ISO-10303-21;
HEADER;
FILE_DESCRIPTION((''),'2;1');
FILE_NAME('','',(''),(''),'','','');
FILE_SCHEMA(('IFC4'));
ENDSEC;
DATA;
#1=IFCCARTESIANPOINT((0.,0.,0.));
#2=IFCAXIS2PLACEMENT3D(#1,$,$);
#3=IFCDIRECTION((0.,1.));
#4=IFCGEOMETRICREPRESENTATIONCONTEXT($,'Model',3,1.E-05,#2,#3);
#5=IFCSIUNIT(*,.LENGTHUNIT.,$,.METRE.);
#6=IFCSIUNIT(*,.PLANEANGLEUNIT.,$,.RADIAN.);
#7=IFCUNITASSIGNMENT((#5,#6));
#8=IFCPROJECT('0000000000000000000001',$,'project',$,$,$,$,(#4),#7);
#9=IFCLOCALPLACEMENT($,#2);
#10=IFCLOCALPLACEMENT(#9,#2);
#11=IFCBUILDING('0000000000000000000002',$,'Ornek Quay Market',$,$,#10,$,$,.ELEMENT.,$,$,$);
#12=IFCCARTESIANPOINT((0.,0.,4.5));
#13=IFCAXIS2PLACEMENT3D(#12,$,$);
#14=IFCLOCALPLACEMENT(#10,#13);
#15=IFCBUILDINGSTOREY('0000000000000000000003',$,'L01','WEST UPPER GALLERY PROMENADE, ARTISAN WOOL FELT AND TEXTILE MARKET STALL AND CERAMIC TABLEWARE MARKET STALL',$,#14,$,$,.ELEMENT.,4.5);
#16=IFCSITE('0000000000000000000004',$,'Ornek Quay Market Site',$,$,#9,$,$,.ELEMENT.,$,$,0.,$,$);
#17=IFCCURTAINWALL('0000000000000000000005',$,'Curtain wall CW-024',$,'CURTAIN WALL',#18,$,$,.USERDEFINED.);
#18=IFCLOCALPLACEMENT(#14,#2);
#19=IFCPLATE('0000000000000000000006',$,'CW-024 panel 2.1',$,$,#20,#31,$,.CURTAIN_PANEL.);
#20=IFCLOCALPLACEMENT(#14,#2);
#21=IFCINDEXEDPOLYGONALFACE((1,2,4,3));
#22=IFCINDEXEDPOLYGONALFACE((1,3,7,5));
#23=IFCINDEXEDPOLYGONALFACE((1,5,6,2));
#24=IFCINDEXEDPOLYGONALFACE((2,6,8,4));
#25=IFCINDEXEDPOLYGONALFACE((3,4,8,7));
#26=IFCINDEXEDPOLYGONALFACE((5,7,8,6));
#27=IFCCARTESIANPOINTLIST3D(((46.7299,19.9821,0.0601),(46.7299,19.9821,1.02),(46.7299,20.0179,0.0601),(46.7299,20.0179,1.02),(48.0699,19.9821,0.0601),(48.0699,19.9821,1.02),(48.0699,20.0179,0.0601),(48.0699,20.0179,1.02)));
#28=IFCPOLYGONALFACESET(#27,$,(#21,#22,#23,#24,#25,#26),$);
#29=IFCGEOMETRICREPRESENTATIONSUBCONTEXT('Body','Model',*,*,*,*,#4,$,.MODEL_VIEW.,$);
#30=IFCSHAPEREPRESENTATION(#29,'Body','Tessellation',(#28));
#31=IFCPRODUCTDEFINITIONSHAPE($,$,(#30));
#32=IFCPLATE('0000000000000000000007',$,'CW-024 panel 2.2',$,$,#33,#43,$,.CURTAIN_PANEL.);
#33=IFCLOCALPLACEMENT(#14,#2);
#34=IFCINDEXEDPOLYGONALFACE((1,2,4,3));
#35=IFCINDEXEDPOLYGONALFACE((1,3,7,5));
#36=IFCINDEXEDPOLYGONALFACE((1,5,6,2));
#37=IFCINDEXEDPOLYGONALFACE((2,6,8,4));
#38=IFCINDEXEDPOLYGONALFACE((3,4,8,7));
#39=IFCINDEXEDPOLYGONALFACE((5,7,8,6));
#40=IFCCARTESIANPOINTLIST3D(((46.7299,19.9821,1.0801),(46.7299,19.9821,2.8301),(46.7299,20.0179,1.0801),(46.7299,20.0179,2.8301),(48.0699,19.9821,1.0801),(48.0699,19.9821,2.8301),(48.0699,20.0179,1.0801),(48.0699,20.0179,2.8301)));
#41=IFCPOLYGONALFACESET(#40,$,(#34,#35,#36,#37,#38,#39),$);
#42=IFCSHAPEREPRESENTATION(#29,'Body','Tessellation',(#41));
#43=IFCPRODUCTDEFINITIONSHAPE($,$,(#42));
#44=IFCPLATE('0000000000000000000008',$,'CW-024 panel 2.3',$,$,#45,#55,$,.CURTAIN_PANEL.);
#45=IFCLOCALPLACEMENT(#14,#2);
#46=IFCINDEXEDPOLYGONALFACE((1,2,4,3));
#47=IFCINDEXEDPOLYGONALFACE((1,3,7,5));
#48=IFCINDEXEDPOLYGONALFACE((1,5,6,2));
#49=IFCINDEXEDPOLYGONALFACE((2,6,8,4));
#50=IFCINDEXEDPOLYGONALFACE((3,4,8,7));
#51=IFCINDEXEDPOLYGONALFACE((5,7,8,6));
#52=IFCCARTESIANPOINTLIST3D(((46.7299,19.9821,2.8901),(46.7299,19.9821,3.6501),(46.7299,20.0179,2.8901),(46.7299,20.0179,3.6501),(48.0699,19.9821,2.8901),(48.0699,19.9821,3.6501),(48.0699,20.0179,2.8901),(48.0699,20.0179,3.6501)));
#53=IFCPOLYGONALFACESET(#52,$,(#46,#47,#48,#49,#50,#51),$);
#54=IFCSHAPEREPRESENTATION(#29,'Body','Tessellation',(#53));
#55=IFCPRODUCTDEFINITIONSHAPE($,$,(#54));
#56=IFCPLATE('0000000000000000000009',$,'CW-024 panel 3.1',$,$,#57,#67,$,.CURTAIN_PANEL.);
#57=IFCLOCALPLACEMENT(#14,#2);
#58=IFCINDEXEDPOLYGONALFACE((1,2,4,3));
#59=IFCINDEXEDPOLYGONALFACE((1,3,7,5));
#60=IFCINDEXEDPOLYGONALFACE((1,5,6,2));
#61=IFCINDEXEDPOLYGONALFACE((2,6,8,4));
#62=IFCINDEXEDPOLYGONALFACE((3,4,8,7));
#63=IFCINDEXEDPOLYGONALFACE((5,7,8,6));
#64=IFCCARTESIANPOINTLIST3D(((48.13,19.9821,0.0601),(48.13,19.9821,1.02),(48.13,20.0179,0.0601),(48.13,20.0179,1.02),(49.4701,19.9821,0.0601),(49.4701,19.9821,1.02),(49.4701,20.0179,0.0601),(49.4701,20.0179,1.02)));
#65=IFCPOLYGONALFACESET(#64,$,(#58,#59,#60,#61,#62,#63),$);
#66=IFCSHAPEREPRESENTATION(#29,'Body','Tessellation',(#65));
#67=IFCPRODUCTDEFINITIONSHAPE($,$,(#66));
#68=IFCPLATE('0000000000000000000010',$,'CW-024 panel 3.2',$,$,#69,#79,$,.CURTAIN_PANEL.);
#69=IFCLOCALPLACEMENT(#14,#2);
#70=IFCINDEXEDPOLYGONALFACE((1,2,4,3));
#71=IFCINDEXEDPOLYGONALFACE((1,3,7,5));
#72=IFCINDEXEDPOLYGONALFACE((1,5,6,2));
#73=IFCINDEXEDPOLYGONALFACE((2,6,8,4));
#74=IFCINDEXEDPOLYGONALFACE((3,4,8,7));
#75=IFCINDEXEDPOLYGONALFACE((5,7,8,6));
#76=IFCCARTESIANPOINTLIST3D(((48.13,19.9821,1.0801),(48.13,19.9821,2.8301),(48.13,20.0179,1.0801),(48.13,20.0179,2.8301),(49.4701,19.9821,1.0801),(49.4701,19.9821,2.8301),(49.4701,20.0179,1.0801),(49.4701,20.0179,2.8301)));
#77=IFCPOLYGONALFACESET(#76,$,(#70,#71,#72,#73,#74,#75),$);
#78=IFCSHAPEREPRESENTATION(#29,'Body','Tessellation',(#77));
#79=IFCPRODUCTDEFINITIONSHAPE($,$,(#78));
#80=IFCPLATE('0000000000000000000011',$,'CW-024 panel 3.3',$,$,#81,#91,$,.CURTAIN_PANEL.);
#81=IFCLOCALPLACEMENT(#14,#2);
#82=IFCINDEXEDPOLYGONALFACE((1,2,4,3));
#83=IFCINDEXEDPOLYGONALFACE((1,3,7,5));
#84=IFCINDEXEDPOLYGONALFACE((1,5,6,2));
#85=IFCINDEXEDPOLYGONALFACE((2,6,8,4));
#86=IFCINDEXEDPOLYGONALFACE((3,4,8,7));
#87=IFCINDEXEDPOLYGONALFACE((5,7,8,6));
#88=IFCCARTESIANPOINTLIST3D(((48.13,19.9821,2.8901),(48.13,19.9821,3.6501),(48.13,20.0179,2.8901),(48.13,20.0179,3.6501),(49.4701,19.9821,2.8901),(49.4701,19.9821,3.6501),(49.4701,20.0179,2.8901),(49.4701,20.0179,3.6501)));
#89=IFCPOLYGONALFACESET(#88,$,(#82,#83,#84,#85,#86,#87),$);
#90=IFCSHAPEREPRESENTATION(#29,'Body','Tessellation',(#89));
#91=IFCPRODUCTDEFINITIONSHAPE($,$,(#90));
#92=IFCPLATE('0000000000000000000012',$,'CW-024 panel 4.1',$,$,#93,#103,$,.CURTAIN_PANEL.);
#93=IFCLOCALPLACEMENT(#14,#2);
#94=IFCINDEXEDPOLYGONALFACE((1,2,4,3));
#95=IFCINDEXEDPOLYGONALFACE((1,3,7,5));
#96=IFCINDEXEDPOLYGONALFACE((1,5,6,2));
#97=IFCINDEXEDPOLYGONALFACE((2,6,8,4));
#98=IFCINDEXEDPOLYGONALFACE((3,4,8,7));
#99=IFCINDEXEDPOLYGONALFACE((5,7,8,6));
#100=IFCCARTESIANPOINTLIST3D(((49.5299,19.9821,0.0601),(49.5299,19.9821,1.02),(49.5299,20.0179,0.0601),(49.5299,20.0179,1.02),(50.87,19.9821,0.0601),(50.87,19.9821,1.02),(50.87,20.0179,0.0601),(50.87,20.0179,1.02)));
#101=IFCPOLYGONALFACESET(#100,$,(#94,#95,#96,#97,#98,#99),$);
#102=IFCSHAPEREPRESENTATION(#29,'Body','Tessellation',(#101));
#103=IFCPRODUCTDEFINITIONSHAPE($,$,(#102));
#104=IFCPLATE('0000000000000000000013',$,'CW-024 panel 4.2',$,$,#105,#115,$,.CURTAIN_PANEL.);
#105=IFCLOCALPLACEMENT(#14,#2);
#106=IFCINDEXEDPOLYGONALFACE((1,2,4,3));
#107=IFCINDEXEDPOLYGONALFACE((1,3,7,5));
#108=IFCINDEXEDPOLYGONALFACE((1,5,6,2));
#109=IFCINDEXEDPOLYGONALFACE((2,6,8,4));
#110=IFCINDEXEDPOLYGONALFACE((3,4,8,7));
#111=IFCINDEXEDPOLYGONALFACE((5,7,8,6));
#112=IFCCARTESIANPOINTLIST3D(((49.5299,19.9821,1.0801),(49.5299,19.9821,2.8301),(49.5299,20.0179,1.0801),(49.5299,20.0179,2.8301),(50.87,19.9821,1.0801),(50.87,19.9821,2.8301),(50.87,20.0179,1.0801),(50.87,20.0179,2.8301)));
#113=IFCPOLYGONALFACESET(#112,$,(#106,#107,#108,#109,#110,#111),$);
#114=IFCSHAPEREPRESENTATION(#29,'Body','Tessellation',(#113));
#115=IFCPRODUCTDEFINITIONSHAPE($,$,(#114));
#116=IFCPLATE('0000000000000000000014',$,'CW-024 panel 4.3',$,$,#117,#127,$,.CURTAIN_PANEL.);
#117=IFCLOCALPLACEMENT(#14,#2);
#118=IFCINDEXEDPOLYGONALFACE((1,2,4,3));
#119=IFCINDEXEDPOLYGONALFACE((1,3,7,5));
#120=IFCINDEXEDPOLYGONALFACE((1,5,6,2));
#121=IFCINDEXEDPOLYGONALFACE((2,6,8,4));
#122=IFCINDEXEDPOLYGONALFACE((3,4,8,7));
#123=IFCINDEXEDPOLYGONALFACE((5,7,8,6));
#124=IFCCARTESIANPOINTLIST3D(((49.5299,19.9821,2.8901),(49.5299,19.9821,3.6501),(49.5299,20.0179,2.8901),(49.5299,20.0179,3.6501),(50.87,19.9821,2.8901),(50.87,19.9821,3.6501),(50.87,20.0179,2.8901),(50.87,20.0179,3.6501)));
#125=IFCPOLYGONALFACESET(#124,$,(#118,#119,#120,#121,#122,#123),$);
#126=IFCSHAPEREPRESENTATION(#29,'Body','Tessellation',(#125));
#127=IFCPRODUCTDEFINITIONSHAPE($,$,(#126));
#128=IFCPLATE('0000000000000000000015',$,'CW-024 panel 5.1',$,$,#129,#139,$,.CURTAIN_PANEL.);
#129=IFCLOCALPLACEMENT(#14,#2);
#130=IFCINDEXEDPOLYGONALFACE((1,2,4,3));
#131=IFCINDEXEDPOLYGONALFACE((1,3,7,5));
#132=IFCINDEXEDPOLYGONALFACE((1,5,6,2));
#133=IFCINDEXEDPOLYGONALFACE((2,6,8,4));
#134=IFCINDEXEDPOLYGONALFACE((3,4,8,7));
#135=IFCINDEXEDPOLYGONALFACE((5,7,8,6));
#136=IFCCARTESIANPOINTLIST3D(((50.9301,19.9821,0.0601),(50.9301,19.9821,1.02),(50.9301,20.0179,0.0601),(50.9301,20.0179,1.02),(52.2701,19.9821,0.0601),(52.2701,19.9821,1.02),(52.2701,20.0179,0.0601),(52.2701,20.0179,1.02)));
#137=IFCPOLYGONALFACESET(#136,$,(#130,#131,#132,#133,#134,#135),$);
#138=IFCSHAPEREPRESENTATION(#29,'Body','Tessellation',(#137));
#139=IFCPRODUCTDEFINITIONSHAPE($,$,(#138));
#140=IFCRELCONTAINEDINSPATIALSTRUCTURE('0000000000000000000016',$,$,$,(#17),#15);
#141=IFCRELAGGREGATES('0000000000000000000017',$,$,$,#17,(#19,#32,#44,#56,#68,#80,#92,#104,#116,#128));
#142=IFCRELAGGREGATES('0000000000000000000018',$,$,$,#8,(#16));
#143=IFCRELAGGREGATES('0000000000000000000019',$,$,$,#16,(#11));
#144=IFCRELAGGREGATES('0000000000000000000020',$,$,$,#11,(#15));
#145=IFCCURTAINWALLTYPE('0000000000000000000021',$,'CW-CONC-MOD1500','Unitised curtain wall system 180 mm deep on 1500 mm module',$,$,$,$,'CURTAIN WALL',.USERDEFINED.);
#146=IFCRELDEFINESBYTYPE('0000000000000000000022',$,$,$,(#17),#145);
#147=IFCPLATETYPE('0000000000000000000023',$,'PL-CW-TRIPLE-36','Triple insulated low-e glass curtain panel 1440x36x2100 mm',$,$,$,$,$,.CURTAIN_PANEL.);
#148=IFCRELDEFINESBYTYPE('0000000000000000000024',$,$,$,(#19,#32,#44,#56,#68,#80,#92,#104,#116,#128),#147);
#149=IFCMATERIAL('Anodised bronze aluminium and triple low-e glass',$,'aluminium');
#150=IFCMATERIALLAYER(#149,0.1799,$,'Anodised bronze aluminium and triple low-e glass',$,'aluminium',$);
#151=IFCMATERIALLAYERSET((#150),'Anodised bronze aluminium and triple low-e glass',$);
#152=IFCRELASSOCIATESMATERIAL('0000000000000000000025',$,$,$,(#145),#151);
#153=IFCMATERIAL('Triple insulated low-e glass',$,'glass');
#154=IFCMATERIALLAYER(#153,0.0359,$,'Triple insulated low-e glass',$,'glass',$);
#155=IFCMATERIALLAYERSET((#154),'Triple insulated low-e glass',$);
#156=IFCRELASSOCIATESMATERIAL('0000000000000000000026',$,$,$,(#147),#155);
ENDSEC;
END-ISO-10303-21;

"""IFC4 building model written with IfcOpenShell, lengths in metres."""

from ifc_helpers import new_model, si_unit, direction, frame, origin, origin_2d, place, context, subcontext, project, spatial, rectangle, extrude, material, layer, layer_set, type_object, element, aggregate, save


model = new_model("IFC4")

# Units and contexts
model_context = context("Model", 3, precision=1e-05, world=origin(), true_north=direction((0.0, 1.0)))
body_context = subcontext(model_context, "Body", "Model", "MODEL_VIEW")
ifc_project = project(units=[si_unit("LENGTHUNIT", "METRE"), si_unit("PLANEANGLEUNIT", "RADIAN")], contexts=[model_context])

# Site, building, storey
site_placement = place(None, origin())
site = spatial("IfcSite", under=ifc_project, at=site_placement, Name="Ornek Quay Market Site", CompositionType="ELEMENT", RefElevation=0.0)
building_placement = place(site_placement, origin())
building = spatial("IfcBuilding", under=site, at=building_placement, Name="Ornek Quay Market", CompositionType="ELEMENT")
storey_placement = place(building_placement, frame((0.0, 0.0, 4.5)))
storey = spatial("IfcBuildingStorey", under=building, at=storey_placement, Name="L01", Description="WEST UPPER GALLERY PROMENADE, ARTISAN WOOL FELT AND TEXTILE MARKET STALL AND CERAMIC TABLEWARE MARKET STALL", CompositionType="ELEMENT", Elevation=4.5)

# Curtain wall, plates
ifc_material_1 = material(Name="Anodised bronze aluminium and triple low-e glass", Category="aluminium")
ifc_layer_1 = layer(ifc_material_1, 0.1799, Name="Anodised bronze aluminium and triple low-e glass", Category="aluminium")
ifc_layer_set_1 = layer_set([ifc_layer_1], Name="Anodised bronze aluminium and triple low-e glass")
curtain_wall_type = type_object("IfcCurtainWallType", Name="CW-CONC-MOD1500", Description="Unitised curtain wall system 180 mm deep on 1500 mm module", ElementType="CURTAIN WALL", PredefinedType="USERDEFINED", material=ifc_layer_set_1)
curtain_wall_placement = place(storey_placement, origin())
curtain_wall = element("IfcCurtainWall", 1, at=curtain_wall_placement, inside=storey, type_object=curtain_wall_type, Name="Curtain wall CW-024", ObjectType="CURTAIN WALL", PredefinedType="USERDEFINED")
ifc_material_2 = material(Name="Triple insulated low-e glass", Category="glass")
ifc_layer_2 = layer(ifc_material_2, 0.0359, Name="Triple insulated low-e glass", Category="glass")
ifc_layer_set_2 = layer_set([ifc_layer_2], Name="Triple insulated low-e glass")
plate_type = type_object("IfcPlateType", Name="PL-CW-TRIPLE-36", Description="Triple insulated low-e glass curtain panel 1440x36x2100 mm", PredefinedType="CURTAIN_PANEL", material=ifc_layer_set_2)
plate_1_placement = place(storey_placement, frame((47.3999, 20.0, 0.0601), z_axis=(0.0, 0.0, 1.0), x_axis=(1.0, 0.0, 0.0)))
plate_1 = element("IfcPlate", 2, at=plate_1_placement, type_object=plate_type, Name="CW-024 panel 2.1", PredefinedType="CURTAIN_PANEL", context=body_context, shape_type="SweptSolid", body=[
    extrude(rectangle(XDim=1.3401, YDim=0.0359, at=origin_2d()), origin(), (0.0, 0.0, 1.0), 0.96),
])
plate_2_placement = place(storey_placement, frame((47.3999, 20.0, 1.0801), z_axis=(0.0, 0.0, 1.0), x_axis=(1.0, 0.0, 0.0)))
plate_2 = element("IfcPlate", 3, at=plate_2_placement, type_object=plate_type, Name="CW-024 panel 2.2", PredefinedType="CURTAIN_PANEL", context=body_context, shape_type="SweptSolid", body=[
    extrude(rectangle(XDim=1.3401, YDim=0.0359, at=origin_2d()), origin(), (0.0, 0.0, 1.0), 1.75),
])
plate_3_placement = place(storey_placement, frame((47.3999, 20.0, 2.8901), z_axis=(0.0, 0.0, 1.0), x_axis=(1.0, 0.0, 0.0)))
plate_3 = element("IfcPlate", 4, at=plate_3_placement, type_object=plate_type, Name="CW-024 panel 2.3", PredefinedType="CURTAIN_PANEL", context=body_context, shape_type="SweptSolid", body=[
    extrude(rectangle(XDim=1.3401, YDim=0.0359, at=origin_2d()), origin(), (0.0, 0.0, 1.0), 0.76),
])
plate_4_placement = place(storey_placement, frame((48.8, 20.0, 0.0601), z_axis=(0.0, 0.0, 1.0), x_axis=(1.0, 0.0, 0.0)))
plate_4 = element("IfcPlate", 5, at=plate_4_placement, type_object=plate_type, Name="CW-024 panel 3.1", PredefinedType="CURTAIN_PANEL", context=body_context, shape_type="SweptSolid", body=[
    extrude(rectangle(XDim=1.3401, YDim=0.0359, at=origin_2d()), origin(), (0.0, 0.0, 1.0), 0.96),
])
plate_5_placement = place(storey_placement, frame((48.8, 20.0, 1.0801), z_axis=(0.0, 0.0, 1.0), x_axis=(1.0, 0.0, 0.0)))
plate_5 = element("IfcPlate", 6, at=plate_5_placement, type_object=plate_type, Name="CW-024 panel 3.2", PredefinedType="CURTAIN_PANEL", context=body_context, shape_type="SweptSolid", body=[
    extrude(rectangle(XDim=1.3401, YDim=0.0359, at=origin_2d()), origin(), (0.0, 0.0, 1.0), 1.75),
])
plate_6_placement = place(storey_placement, frame((48.8, 20.0, 2.8901), z_axis=(0.0, 0.0, 1.0), x_axis=(1.0, 0.0, 0.0)))
plate_6 = element("IfcPlate", 7, at=plate_6_placement, type_object=plate_type, Name="CW-024 panel 3.3", PredefinedType="CURTAIN_PANEL", context=body_context, shape_type="SweptSolid", body=[
    extrude(rectangle(XDim=1.3401, YDim=0.0359, at=origin_2d()), origin(), (0.0, 0.0, 1.0), 0.76),
])
plate_7_placement = place(storey_placement, frame((50.2, 20.0, 0.0601), z_axis=(0.0, 0.0, 1.0), x_axis=(1.0, 0.0, 0.0)))
plate_7 = element("IfcPlate", 8, at=plate_7_placement, type_object=plate_type, Name="CW-024 panel 4.1", PredefinedType="CURTAIN_PANEL", context=body_context, shape_type="SweptSolid", body=[
    extrude(rectangle(XDim=1.3401, YDim=0.0359, at=origin_2d()), origin(), (0.0, 0.0, 1.0), 0.96),
])
plate_8_placement = place(storey_placement, frame((50.2, 20.0, 1.0801), z_axis=(0.0, 0.0, 1.0), x_axis=(1.0, 0.0, 0.0)))
plate_8 = element("IfcPlate", 9, at=plate_8_placement, type_object=plate_type, Name="CW-024 panel 4.2", PredefinedType="CURTAIN_PANEL", context=body_context, shape_type="SweptSolid", body=[
    extrude(rectangle(XDim=1.3401, YDim=0.0359, at=origin_2d()), origin(), (0.0, 0.0, 1.0), 1.75),
])
plate_9_placement = place(storey_placement, frame((50.2, 20.0, 2.8901), z_axis=(0.0, 0.0, 1.0), x_axis=(1.0, 0.0, 0.0)))
plate_9 = element("IfcPlate", 10, at=plate_9_placement, type_object=plate_type, Name="CW-024 panel 4.3", PredefinedType="CURTAIN_PANEL", context=body_context, shape_type="SweptSolid", body=[
    extrude(rectangle(XDim=1.3401, YDim=0.0359, at=origin_2d()), origin(), (0.0, 0.0, 1.0), 0.76),
])
plate_10_placement = place(storey_placement, frame((51.6001, 20.0, 0.0601), z_axis=(0.0, 0.0, 1.0), x_axis=(1.0, 0.0, 0.0)))
plate_10 = element("IfcPlate", 11, at=plate_10_placement, type_object=plate_type, Name="CW-024 panel 5.1", PredefinedType="CURTAIN_PANEL", context=body_context, shape_type="SweptSolid", body=[
    extrude(rectangle(XDim=1.3401, YDim=0.0359, at=origin_2d()), origin(), (0.0, 0.0, 1.0), 0.96),
])
aggregate(curtain_wall, [plate_1, plate_2, plate_3, plate_4, plate_5, plate_6, plate_7, plate_8, plate_9, plate_10])

save(model, "model.ifc")
